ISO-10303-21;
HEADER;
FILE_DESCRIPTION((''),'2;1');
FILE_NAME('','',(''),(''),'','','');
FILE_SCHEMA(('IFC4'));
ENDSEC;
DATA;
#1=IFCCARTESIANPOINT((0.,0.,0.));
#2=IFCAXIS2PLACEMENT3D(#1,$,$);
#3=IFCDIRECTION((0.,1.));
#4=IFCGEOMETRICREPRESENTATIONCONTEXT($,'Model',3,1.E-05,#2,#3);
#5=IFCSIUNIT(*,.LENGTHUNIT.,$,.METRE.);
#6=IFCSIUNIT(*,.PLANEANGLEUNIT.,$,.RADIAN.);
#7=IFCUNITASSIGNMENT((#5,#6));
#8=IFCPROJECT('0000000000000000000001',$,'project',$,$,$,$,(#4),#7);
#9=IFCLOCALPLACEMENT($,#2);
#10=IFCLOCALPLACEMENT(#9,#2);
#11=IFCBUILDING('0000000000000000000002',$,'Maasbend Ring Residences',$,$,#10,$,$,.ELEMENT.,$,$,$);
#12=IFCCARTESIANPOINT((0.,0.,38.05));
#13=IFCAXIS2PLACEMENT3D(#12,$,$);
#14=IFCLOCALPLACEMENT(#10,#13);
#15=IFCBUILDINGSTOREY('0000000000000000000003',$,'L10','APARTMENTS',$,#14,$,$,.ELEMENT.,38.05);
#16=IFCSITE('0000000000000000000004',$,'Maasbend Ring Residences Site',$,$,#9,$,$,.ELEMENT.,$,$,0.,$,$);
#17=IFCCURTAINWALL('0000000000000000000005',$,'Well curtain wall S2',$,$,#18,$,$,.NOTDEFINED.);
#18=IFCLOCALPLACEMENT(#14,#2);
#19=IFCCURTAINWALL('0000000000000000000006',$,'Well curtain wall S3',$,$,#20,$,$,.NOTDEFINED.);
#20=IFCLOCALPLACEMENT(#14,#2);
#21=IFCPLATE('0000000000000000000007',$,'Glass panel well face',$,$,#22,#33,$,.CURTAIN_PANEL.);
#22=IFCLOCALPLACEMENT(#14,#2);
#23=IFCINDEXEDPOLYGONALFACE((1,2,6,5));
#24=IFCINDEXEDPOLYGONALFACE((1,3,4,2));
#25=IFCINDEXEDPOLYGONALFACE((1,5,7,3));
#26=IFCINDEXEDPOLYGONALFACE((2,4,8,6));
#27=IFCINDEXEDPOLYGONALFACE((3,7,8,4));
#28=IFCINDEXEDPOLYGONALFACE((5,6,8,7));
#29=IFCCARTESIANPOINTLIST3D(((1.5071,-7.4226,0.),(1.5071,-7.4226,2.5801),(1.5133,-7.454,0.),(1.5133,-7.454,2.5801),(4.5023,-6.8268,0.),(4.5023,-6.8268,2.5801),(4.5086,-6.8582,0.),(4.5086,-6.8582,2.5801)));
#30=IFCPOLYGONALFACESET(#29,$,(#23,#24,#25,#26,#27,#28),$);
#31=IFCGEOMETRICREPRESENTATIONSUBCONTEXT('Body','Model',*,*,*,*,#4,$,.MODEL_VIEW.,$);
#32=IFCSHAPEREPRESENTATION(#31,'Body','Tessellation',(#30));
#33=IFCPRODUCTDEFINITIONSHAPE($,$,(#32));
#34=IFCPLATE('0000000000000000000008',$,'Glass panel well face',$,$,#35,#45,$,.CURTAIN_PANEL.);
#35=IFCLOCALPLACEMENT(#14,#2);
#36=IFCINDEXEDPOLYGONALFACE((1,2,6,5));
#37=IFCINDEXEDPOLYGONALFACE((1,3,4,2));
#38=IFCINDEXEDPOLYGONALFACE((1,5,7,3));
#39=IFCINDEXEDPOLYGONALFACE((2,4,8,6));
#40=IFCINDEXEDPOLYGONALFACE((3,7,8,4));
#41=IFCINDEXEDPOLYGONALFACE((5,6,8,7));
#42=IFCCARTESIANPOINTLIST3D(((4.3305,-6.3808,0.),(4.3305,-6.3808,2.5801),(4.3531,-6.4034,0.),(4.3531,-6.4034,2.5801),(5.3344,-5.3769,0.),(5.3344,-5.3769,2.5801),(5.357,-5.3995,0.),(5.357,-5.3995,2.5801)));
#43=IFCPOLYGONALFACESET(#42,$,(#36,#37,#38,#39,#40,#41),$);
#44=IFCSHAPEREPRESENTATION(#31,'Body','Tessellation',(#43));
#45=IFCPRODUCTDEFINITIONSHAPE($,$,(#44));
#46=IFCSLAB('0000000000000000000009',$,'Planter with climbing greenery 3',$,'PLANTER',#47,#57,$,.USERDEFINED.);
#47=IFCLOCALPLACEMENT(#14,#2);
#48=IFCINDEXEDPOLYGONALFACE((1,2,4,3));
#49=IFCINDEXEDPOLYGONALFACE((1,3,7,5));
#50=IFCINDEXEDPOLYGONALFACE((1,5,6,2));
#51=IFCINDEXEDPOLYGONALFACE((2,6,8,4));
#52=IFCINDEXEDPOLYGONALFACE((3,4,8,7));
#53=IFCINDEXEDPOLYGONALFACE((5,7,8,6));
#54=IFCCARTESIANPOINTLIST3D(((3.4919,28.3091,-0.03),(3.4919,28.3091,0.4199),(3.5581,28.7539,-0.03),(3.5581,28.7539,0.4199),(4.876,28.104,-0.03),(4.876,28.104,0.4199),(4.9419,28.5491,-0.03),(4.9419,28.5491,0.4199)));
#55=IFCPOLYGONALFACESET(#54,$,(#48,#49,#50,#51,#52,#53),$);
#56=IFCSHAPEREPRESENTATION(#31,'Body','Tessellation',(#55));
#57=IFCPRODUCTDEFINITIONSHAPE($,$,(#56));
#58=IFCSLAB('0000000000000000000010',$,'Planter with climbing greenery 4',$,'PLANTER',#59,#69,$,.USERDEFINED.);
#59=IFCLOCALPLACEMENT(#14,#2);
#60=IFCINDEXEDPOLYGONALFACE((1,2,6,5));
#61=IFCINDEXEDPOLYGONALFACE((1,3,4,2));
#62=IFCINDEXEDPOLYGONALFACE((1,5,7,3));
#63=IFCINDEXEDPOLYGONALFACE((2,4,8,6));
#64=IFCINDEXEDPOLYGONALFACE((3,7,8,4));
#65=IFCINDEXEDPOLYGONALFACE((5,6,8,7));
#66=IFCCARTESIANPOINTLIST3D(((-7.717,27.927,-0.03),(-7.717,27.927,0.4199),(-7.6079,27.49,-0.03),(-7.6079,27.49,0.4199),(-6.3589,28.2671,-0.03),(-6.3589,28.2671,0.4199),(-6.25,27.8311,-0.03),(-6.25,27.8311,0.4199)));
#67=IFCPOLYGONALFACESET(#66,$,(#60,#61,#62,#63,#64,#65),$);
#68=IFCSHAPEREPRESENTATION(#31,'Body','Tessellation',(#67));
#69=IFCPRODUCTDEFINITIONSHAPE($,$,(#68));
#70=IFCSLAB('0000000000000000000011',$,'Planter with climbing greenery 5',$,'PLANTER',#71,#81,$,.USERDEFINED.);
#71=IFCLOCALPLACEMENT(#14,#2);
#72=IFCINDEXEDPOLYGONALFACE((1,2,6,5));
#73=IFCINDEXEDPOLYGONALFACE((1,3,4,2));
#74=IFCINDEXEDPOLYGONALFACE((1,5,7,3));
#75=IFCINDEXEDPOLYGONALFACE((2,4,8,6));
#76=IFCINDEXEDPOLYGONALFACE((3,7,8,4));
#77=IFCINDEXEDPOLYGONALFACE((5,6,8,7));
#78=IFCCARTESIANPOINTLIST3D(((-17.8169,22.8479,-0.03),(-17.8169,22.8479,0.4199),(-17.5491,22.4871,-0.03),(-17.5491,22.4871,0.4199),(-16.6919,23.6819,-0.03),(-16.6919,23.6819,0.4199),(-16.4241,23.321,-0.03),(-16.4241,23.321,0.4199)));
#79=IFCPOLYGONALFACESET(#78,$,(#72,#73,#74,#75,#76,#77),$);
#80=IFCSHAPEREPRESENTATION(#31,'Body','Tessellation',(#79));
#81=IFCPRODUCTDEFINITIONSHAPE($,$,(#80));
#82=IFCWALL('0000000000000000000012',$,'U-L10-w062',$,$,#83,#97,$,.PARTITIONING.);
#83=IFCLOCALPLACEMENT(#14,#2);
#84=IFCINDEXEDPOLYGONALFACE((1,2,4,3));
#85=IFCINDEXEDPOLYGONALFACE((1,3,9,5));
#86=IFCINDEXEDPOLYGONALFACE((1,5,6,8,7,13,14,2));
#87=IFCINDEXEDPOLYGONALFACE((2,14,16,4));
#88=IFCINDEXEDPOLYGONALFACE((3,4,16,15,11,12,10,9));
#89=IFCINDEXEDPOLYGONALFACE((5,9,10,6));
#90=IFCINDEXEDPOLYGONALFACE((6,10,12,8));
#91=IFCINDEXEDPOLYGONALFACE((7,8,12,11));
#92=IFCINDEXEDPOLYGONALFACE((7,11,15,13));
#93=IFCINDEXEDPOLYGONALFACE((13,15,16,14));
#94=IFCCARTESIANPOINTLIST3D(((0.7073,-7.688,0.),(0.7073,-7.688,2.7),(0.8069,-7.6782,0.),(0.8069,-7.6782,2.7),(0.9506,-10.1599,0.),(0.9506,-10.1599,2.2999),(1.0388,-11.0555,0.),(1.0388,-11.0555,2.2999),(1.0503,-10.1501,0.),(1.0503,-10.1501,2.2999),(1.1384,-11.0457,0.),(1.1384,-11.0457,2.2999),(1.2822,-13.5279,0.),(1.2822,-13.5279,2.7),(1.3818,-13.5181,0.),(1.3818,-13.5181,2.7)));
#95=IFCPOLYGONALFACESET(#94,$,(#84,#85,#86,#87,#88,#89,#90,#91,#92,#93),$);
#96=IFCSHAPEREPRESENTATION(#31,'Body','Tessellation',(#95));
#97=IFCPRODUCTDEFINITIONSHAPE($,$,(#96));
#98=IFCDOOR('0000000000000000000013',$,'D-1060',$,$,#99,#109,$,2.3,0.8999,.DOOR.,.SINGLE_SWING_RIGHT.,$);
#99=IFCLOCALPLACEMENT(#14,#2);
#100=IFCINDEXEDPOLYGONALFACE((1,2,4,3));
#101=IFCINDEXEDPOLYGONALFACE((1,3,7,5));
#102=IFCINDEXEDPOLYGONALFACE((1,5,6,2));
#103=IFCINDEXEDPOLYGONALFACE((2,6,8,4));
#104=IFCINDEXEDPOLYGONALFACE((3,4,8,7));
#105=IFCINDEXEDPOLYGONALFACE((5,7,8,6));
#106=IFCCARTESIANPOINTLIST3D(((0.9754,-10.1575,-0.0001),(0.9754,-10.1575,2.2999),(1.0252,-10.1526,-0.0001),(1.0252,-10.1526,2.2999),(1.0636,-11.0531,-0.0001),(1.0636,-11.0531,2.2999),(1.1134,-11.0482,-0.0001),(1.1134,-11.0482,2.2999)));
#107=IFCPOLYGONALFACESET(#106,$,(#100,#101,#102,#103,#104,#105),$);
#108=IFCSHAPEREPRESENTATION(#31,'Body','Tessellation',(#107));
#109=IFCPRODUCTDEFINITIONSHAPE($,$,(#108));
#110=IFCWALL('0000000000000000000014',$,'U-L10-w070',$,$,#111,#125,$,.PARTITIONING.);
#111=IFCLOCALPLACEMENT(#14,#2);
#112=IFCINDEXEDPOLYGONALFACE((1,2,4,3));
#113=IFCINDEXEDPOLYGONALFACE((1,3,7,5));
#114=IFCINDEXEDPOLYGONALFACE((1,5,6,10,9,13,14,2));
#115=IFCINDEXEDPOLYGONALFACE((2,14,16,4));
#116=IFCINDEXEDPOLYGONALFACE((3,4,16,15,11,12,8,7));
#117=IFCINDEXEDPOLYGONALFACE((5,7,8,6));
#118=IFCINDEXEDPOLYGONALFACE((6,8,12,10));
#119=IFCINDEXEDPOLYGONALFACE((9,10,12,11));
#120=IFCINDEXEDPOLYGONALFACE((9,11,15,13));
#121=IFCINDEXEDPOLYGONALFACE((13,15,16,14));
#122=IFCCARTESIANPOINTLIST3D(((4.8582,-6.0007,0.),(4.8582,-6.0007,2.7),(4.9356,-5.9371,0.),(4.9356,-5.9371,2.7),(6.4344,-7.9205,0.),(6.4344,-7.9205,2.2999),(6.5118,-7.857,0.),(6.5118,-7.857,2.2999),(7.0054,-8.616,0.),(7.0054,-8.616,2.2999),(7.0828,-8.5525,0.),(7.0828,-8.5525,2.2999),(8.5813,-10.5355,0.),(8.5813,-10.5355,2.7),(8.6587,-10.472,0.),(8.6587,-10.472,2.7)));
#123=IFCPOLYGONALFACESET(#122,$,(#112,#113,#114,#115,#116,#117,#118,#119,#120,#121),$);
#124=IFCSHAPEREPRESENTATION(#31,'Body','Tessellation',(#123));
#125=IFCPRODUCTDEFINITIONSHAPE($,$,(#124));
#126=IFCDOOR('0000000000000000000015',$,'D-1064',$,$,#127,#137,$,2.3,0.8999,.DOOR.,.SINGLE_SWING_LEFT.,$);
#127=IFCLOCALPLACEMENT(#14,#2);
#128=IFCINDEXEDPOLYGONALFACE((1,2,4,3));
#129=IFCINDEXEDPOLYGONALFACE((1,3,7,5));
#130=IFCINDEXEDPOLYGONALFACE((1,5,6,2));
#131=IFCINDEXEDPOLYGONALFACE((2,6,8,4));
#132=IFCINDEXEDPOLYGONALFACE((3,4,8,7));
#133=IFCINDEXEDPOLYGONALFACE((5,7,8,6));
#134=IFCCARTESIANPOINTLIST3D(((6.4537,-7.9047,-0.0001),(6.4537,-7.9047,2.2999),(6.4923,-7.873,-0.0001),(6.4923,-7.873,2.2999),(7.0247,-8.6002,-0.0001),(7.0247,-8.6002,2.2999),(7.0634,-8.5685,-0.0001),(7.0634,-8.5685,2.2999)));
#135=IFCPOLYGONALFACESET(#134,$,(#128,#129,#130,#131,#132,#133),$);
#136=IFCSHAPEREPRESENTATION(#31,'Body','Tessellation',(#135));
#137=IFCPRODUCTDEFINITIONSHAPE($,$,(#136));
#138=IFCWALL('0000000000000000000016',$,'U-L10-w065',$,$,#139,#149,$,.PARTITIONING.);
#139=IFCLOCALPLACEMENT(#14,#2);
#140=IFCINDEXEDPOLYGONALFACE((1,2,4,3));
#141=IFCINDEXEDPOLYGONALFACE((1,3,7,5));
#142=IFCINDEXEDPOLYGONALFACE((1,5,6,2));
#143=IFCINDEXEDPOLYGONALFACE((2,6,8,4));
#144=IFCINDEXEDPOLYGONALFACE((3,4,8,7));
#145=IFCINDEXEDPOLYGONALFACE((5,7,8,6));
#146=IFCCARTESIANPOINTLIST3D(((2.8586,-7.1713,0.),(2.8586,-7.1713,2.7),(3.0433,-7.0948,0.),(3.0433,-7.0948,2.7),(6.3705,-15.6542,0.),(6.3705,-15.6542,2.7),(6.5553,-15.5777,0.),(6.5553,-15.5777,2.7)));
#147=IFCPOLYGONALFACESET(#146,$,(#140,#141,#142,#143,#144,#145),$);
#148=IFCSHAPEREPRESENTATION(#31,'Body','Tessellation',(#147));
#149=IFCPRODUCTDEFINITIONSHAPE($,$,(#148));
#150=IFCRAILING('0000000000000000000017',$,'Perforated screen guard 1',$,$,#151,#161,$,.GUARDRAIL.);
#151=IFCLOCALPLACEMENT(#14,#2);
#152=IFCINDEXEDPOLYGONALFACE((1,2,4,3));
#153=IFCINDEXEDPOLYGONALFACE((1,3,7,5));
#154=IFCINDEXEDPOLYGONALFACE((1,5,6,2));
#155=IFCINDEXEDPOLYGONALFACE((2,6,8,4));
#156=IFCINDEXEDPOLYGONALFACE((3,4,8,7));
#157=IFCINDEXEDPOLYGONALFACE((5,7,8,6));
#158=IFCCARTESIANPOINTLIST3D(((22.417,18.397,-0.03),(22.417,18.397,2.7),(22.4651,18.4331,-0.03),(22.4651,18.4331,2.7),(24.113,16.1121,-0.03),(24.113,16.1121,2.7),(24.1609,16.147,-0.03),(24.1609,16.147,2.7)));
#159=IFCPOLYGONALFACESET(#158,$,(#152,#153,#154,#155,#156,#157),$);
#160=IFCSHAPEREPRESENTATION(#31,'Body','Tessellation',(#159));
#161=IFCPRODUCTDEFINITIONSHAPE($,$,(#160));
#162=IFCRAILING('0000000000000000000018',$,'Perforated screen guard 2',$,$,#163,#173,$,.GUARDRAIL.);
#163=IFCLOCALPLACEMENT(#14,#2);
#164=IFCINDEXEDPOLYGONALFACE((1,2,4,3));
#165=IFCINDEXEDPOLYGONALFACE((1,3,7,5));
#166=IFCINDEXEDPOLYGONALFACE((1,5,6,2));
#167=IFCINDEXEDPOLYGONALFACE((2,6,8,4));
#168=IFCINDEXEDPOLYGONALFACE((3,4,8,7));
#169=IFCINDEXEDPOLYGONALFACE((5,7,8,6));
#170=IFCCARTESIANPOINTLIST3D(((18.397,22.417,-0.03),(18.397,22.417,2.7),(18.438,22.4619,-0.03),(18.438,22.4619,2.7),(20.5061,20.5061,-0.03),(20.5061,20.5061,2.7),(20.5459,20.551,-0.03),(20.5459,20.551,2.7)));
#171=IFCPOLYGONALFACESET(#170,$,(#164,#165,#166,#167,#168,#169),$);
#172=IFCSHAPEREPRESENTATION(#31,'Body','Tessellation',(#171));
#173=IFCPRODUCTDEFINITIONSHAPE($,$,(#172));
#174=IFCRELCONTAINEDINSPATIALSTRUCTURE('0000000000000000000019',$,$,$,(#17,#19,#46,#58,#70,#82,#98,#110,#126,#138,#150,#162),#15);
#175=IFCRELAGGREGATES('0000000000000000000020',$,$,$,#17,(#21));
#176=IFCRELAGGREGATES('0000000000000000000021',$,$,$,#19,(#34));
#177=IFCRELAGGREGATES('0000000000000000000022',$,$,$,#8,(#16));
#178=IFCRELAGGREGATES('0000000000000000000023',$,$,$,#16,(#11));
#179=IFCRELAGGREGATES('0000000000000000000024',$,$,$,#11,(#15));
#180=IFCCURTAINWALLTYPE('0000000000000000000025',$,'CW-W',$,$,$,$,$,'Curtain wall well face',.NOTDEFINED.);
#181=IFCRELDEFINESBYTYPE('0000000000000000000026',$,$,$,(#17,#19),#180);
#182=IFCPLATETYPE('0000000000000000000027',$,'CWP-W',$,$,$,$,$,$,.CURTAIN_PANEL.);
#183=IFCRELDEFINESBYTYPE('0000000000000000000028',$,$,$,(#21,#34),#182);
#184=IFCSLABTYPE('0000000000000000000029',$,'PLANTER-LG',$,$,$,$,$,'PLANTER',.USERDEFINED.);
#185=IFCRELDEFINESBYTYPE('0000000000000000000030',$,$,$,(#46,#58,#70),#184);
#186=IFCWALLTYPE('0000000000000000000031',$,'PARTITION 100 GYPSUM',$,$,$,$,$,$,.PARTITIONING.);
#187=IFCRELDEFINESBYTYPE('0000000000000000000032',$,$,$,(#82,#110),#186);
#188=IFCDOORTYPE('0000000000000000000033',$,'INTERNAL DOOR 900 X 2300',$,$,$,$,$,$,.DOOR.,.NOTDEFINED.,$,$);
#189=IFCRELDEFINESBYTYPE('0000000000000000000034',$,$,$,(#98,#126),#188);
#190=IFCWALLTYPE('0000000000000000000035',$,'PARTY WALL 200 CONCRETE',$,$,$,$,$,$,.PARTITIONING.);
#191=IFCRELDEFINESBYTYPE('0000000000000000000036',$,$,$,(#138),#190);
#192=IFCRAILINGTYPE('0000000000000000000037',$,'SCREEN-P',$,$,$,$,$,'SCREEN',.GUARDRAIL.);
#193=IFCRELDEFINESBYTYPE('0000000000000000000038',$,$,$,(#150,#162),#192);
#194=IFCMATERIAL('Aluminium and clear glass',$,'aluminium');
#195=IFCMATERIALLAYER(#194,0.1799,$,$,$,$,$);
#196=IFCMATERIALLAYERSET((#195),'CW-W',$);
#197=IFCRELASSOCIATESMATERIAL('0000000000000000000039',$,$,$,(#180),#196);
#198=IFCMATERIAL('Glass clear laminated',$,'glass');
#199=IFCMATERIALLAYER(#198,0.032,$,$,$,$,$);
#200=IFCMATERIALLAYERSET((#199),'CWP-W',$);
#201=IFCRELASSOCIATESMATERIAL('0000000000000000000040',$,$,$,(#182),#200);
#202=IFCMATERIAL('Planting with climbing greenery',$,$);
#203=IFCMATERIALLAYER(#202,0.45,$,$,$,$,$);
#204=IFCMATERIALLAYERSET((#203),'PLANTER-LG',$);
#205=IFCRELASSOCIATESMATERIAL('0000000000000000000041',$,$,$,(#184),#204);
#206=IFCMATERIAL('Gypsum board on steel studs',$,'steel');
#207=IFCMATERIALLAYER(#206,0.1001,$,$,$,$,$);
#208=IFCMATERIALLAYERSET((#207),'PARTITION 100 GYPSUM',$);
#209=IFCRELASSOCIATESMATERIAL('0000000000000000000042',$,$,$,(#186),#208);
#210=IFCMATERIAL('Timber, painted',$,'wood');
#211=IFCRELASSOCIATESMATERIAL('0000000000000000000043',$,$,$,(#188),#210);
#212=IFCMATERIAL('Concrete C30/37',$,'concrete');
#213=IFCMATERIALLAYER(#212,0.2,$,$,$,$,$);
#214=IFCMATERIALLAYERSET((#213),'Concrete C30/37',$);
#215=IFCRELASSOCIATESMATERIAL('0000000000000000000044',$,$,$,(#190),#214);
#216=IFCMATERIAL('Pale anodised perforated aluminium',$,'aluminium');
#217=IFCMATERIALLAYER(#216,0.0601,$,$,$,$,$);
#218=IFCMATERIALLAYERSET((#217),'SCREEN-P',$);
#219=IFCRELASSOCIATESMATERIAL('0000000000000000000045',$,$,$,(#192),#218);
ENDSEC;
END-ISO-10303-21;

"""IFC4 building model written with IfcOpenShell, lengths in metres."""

from ifc_helpers import new_model, si_unit, direction, frame, frame_2d, origin, origin_2d, place, context, subcontext, project, spatial, polyline, rectangle, outline, extrude, material, layer, layer_set, type_object, element, fill, aggregate, save


model = new_model("IFC4")

# Units and contexts
model_context = context("Model", 3, precision=1e-05, world=origin(), true_north=direction((0.0, 1.0)))
body_context = subcontext(model_context, "Body", "Model", "MODEL_VIEW")
ifc_project = project(units=[si_unit("LENGTHUNIT", "METRE"), si_unit("PLANEANGLEUNIT", "RADIAN")], contexts=[model_context])

# Site, building, storey
site_placement = place(None, origin())
site = spatial("IfcSite", under=ifc_project, at=site_placement, Name="Maasbend Ring Residences Site", CompositionType="ELEMENT", RefElevation=0.0)
building_placement = place(site_placement, origin())
building = spatial("IfcBuilding", under=site, at=building_placement, Name="Maasbend Ring Residences", CompositionType="ELEMENT")
storey_placement = place(building_placement, frame((0.0, 0.0, 38.05)))
storey = spatial("IfcBuildingStorey", under=building, at=storey_placement, Name="L10", Description="APARTMENTS", CompositionType="ELEMENT", Elevation=38.05)

# Curtain walls
ifc_material_1 = material(Name="Aluminium and clear glass", Category="aluminium")
ifc_layer_1 = layer(ifc_material_1, 0.1799)
ifc_layer_set_1 = layer_set([ifc_layer_1], Name="CW-W")
curtain_wall_type = type_object("IfcCurtainWallType", Name="CW-W", ElementType="Curtain wall well face", PredefinedType="NOTDEFINED", material=ifc_layer_set_1)
curtain_wall_1_placement = place(storey_placement, origin())
curtain_wall_1 = element("IfcCurtainWall", 1, at=curtain_wall_1_placement, inside=storey, type_object=curtain_wall_type, Name="Well curtain wall S2", PredefinedType="NOTDEFINED")
curtain_wall_2_placement = place(storey_placement, origin())
curtain_wall_2 = element("IfcCurtainWall", 2, at=curtain_wall_2_placement, inside=storey, type_object=curtain_wall_type, Name="Well curtain wall S3", PredefinedType="NOTDEFINED")

# Plates
ifc_material_2 = material(Name="Glass clear laminated", Category="glass")
ifc_layer_2 = layer(ifc_material_2, 0.032)
ifc_layer_set_2 = layer_set([ifc_layer_2], Name="CWP-W")
plate_type = type_object("IfcPlateType", Name="CWP-W", PredefinedType="CURTAIN_PANEL", material=ifc_layer_set_2)
plate_1_placement = place(storey_placement, frame((3.0078, -7.1404, 0.0), z_axis=(0.0, 0.0, 1.0), x_axis=(0.980785, 0.19509, 0.0)))
plate_1 = element("IfcPlate", 3, at=plate_1_placement, type_object=plate_type, Name="Glass panel well face", PredefinedType="CURTAIN_PANEL", context=body_context, shape_type="SweptSolid", body=[
    extrude(rectangle(XDim=3.054, YDim=0.032, at=origin_2d()), origin(), (0.0, 0.0, 1.0), 2.5801),
])
aggregate(curtain_wall_1, [plate_1])
plate_2_placement = place(storey_placement, frame((4.8438, -5.8901, 0.0), z_axis=(0.0, 0.0, 1.0), x_axis=(0.707107, 0.707107, 0.0)))
plate_2 = element("IfcPlate", 4, at=plate_2_placement, type_object=plate_type, Name="Glass panel well face", PredefinedType="CURTAIN_PANEL", context=body_context, shape_type="SweptSolid", body=[
    extrude(rectangle(XDim=1.4197, YDim=0.032, at=origin_2d()), origin(), (0.0, 0.0, 1.0), 2.5801),
])
aggregate(curtain_wall_2, [plate_2])

# Slabs
ifc_material_3 = material(Name="Planting with climbing greenery")
ifc_layer_3 = layer(ifc_material_3, 0.45)
ifc_layer_set_3 = layer_set([ifc_layer_3], Name="PLANTER-LG")
slab_type = type_object("IfcSlabType", Name="PLANTER-LG", ElementType="PLANTER", PredefinedType="USERDEFINED", material=ifc_layer_set_3)
slab_1_placement = place(storey_placement, frame((0.0, 0.0, -0.03)))
element("IfcSlab", 5, at=slab_1_placement, inside=storey, type_object=slab_type, Name="Planter with climbing greenery 3", ObjectType="PLANTER", PredefinedType="USERDEFINED", context=body_context, shape_type="SweptSolid", body=[
    extrude(outline(polyline([(4.9419, 28.5491), (3.5581, 28.7539), (3.4919, 28.3091), (4.876, 28.104), (4.9419, 28.5491)])), origin(), (0.0, 0.0, 1.0), 0.45),
])
slab_2_placement = place(storey_placement, frame((0.0, 0.0, -0.03)))
element("IfcSlab", 6, at=slab_2_placement, inside=storey, type_object=slab_type, Name="Planter with climbing greenery 4", ObjectType="PLANTER", PredefinedType="USERDEFINED", context=body_context, shape_type="SweptSolid", body=[
    extrude(outline(polyline([(-6.3589, 28.2671), (-7.717, 27.927), (-7.6079, 27.49), (-6.25, 27.8311), (-6.3589, 28.2671)])), origin(), (0.0, 0.0, 1.0), 0.45),
])
slab_3_placement = place(storey_placement, frame((0.0, 0.0, -0.03)))
element("IfcSlab", 7, at=slab_3_placement, inside=storey, type_object=slab_type, Name="Planter with climbing greenery 5", ObjectType="PLANTER", PredefinedType="USERDEFINED", context=body_context, shape_type="SweptSolid", body=[
    extrude(outline(polyline([(-16.6919, 23.6819), (-17.8169, 22.8479), (-17.5491, 22.4871), (-16.4241, 23.321), (-16.6919, 23.6819)])), origin(), (0.0, 0.0, 1.0), 0.45),
])

# Walls, openings, doors
ifc_material_4 = material(Name="Gypsum board on steel studs", Category="steel")
ifc_layer_4 = layer(ifc_material_4, 0.1001)
ifc_layer_set_4 = layer_set([ifc_layer_4], Name="PARTITION 100 GYPSUM")
wall_type_1 = type_object("IfcWallType", Name="PARTITION 100 GYPSUM", PredefinedType="PARTITIONING", material=ifc_layer_set_4)
wall_1_placement = place(storey_placement, frame((0.7571, -7.6831, 0.0), z_axis=(0.0, 0.0, 1.0), x_axis=(0.097979, -0.995188, 0.0)))
wall_1 = element("IfcWall", 8, at=wall_1_placement, inside=storey, type_object=wall_type_1, Name="U-L10-w062", PredefinedType="PARTITIONING", context=body_context, shape_type="SweptSolid", body=[
    extrude(rectangle(XDim=5.8682, YDim=0.1001, at=frame_2d((2.9341, 0.0))), origin(), (0.0, 0.0, 1.0), 2.7),
])
opening_1_placement = place(wall_1_placement, frame((2.4839, 0.0, 0.0)))
opening_1 = element("IfcOpeningElement", 9, at=opening_1_placement, cuts=wall_1, PredefinedType="OPENING", context=body_context, shape_type="SweptSolid", body=[
    extrude(rectangle(XDim=0.8999, YDim=2.3, at=frame_2d((0.45, 1.1499))), frame((0.0, 0.0601, 0.0), z_axis=(0.0, -1.0, 0.0), x_axis=(1.0, 0.0, 0.0)), (0.0, 0.0, 1.0), 0.1201),
])
ifc_material_5 = material(Name="Timber, painted", Category="wood")
door_type = type_object("IfcDoorType", Name="INTERNAL DOOR 900 X 2300", OperationType="NOTDEFINED", PredefinedType="DOOR", material=ifc_material_5)
door_1_placement = place(opening_1_placement, origin())
door_1 = element("IfcDoor", 10, at=door_1_placement, inside=storey, type_object=door_type, Name="D-1060", OperationType="SINGLE_SWING_RIGHT", OverallHeight=2.3, OverallWidth=0.8999, PredefinedType="DOOR", context=body_context, shape_type="SweptSolid", body=[
    extrude(rectangle(XDim=0.8999, YDim=2.3, at=frame_2d((0.45, 1.1499))), frame((0.0, 0.0249, 0.0), z_axis=(0.0, -1.0, 0.0), x_axis=(1.0, 0.0, 0.0)), (0.0, 0.0, 1.0), 0.05),
])
fill(opening_1, door_1)
wall_2_placement = place(storey_placement, frame((4.897, -5.969, 0.0), z_axis=(0.0, 0.0, 1.0), x_axis=(0.63454, -0.77289, 0.0)))
wall_2 = element("IfcWall", 11, at=wall_2_placement, inside=storey, type_object=wall_type_1, Name="U-L10-w070", PredefinedType="PARTITIONING", context=body_context, shape_type="SweptSolid", body=[
    extrude(rectangle(XDim=5.8674, YDim=0.1001, at=frame_2d((2.9336, 0.0))), origin(), (0.0, 0.0, 1.0), 2.7),
])
opening_2_placement = place(wall_2_placement, frame((2.4839, 0.0, 0.0)))
opening_2 = element("IfcOpeningElement", 12, at=opening_2_placement, cuts=wall_2, PredefinedType="OPENING", context=body_context, shape_type="SweptSolid", body=[
    extrude(rectangle(XDim=0.8999, YDim=2.3, at=frame_2d((0.45, 1.1499))), frame((0.0, 0.0601, 0.0), z_axis=(0.0, -1.0, 0.0), x_axis=(1.0, 0.0, 0.0)), (0.0, 0.0, 1.0), 0.1201),
])
door_2_placement = place(opening_2_placement, origin())
door_2 = element("IfcDoor", 13, at=door_2_placement, inside=storey, type_object=door_type, Name="D-1064", OperationType="SINGLE_SWING_LEFT", OverallHeight=2.3, OverallWidth=0.8999, PredefinedType="DOOR", context=body_context, shape_type="SweptSolid", body=[
    extrude(rectangle(XDim=0.8999, YDim=2.3, at=frame_2d((0.45, 1.1499))), frame((0.0, 0.0249, 0.0), z_axis=(0.0, -1.0, 0.0), x_axis=(1.0, 0.0, 0.0)), (0.0, 0.0, 1.0), 0.05),
])
fill(opening_2, door_2)

# Wall
ifc_material_6 = material(Name="Concrete C30/37", Category="concrete")
ifc_layer_5 = layer(ifc_material_6, 0.2)
ifc_layer_set_5 = layer_set([ifc_layer_5], Name="Concrete C30/37")
wall_type_2 = type_object("IfcWallType", Name="PARTY WALL 200 CONCRETE", PredefinedType="PARTITIONING", material=ifc_layer_set_5)
wall_3_placement = place(storey_placement, frame((2.9509, -7.1331, 0.0), z_axis=(0.0, 0.0, 1.0), x_axis=(0.382519, -0.923948, 0.0)))
element("IfcWall", 14, at=wall_3_placement, inside=storey, type_object=wall_type_2, Name="U-L10-w065", PredefinedType="PARTITIONING", context=body_context, shape_type="SweptSolid", body=[
    extrude(rectangle(XDim=9.1812, YDim=0.2, at=frame_2d((4.5906, 0.0))), origin(), (0.0, 0.0, 1.0), 2.7),
])

# Railings
ifc_material_7 = material(Name="Pale anodised perforated aluminium", Category="aluminium")
ifc_layer_6 = layer(ifc_material_7, 0.0601)
ifc_layer_set_6 = layer_set([ifc_layer_6], Name="SCREEN-P")
railing_type = type_object("IfcRailingType", Name="SCREEN-P", ElementType="SCREEN", PredefinedType="GUARDRAIL", material=ifc_layer_set_6)
railing_1_placement = place(storey_placement, frame((0.0, 0.0, -0.03)))
element("IfcRailing", 15, at=railing_1_placement, inside=storey, type_object=railing_type, Name="Perforated screen guard 1", PredefinedType="GUARDRAIL", context=body_context, shape_type="SweptSolid", body=[
    extrude(outline(polyline([(24.113, 16.1121), (22.417, 18.397), (22.4651, 18.4331), (24.1609, 16.147), (24.113, 16.1121)])), origin(), (0.0, 0.0, 1.0), 2.73),
])
railing_2_placement = place(storey_placement, frame((0.0, 0.0, -0.03)))
element("IfcRailing", 16, at=railing_2_placement, inside=storey, type_object=railing_type, Name="Perforated screen guard 2", PredefinedType="GUARDRAIL", context=body_context, shape_type="SweptSolid", body=[
    extrude(outline(polyline([(20.5061, 20.5061), (18.397, 22.417), (18.438, 22.4619), (20.5459, 20.551), (20.5061, 20.5061)])), origin(), (0.0, 0.0, 1.0), 2.73),
])

save(model, "model.ifc")
